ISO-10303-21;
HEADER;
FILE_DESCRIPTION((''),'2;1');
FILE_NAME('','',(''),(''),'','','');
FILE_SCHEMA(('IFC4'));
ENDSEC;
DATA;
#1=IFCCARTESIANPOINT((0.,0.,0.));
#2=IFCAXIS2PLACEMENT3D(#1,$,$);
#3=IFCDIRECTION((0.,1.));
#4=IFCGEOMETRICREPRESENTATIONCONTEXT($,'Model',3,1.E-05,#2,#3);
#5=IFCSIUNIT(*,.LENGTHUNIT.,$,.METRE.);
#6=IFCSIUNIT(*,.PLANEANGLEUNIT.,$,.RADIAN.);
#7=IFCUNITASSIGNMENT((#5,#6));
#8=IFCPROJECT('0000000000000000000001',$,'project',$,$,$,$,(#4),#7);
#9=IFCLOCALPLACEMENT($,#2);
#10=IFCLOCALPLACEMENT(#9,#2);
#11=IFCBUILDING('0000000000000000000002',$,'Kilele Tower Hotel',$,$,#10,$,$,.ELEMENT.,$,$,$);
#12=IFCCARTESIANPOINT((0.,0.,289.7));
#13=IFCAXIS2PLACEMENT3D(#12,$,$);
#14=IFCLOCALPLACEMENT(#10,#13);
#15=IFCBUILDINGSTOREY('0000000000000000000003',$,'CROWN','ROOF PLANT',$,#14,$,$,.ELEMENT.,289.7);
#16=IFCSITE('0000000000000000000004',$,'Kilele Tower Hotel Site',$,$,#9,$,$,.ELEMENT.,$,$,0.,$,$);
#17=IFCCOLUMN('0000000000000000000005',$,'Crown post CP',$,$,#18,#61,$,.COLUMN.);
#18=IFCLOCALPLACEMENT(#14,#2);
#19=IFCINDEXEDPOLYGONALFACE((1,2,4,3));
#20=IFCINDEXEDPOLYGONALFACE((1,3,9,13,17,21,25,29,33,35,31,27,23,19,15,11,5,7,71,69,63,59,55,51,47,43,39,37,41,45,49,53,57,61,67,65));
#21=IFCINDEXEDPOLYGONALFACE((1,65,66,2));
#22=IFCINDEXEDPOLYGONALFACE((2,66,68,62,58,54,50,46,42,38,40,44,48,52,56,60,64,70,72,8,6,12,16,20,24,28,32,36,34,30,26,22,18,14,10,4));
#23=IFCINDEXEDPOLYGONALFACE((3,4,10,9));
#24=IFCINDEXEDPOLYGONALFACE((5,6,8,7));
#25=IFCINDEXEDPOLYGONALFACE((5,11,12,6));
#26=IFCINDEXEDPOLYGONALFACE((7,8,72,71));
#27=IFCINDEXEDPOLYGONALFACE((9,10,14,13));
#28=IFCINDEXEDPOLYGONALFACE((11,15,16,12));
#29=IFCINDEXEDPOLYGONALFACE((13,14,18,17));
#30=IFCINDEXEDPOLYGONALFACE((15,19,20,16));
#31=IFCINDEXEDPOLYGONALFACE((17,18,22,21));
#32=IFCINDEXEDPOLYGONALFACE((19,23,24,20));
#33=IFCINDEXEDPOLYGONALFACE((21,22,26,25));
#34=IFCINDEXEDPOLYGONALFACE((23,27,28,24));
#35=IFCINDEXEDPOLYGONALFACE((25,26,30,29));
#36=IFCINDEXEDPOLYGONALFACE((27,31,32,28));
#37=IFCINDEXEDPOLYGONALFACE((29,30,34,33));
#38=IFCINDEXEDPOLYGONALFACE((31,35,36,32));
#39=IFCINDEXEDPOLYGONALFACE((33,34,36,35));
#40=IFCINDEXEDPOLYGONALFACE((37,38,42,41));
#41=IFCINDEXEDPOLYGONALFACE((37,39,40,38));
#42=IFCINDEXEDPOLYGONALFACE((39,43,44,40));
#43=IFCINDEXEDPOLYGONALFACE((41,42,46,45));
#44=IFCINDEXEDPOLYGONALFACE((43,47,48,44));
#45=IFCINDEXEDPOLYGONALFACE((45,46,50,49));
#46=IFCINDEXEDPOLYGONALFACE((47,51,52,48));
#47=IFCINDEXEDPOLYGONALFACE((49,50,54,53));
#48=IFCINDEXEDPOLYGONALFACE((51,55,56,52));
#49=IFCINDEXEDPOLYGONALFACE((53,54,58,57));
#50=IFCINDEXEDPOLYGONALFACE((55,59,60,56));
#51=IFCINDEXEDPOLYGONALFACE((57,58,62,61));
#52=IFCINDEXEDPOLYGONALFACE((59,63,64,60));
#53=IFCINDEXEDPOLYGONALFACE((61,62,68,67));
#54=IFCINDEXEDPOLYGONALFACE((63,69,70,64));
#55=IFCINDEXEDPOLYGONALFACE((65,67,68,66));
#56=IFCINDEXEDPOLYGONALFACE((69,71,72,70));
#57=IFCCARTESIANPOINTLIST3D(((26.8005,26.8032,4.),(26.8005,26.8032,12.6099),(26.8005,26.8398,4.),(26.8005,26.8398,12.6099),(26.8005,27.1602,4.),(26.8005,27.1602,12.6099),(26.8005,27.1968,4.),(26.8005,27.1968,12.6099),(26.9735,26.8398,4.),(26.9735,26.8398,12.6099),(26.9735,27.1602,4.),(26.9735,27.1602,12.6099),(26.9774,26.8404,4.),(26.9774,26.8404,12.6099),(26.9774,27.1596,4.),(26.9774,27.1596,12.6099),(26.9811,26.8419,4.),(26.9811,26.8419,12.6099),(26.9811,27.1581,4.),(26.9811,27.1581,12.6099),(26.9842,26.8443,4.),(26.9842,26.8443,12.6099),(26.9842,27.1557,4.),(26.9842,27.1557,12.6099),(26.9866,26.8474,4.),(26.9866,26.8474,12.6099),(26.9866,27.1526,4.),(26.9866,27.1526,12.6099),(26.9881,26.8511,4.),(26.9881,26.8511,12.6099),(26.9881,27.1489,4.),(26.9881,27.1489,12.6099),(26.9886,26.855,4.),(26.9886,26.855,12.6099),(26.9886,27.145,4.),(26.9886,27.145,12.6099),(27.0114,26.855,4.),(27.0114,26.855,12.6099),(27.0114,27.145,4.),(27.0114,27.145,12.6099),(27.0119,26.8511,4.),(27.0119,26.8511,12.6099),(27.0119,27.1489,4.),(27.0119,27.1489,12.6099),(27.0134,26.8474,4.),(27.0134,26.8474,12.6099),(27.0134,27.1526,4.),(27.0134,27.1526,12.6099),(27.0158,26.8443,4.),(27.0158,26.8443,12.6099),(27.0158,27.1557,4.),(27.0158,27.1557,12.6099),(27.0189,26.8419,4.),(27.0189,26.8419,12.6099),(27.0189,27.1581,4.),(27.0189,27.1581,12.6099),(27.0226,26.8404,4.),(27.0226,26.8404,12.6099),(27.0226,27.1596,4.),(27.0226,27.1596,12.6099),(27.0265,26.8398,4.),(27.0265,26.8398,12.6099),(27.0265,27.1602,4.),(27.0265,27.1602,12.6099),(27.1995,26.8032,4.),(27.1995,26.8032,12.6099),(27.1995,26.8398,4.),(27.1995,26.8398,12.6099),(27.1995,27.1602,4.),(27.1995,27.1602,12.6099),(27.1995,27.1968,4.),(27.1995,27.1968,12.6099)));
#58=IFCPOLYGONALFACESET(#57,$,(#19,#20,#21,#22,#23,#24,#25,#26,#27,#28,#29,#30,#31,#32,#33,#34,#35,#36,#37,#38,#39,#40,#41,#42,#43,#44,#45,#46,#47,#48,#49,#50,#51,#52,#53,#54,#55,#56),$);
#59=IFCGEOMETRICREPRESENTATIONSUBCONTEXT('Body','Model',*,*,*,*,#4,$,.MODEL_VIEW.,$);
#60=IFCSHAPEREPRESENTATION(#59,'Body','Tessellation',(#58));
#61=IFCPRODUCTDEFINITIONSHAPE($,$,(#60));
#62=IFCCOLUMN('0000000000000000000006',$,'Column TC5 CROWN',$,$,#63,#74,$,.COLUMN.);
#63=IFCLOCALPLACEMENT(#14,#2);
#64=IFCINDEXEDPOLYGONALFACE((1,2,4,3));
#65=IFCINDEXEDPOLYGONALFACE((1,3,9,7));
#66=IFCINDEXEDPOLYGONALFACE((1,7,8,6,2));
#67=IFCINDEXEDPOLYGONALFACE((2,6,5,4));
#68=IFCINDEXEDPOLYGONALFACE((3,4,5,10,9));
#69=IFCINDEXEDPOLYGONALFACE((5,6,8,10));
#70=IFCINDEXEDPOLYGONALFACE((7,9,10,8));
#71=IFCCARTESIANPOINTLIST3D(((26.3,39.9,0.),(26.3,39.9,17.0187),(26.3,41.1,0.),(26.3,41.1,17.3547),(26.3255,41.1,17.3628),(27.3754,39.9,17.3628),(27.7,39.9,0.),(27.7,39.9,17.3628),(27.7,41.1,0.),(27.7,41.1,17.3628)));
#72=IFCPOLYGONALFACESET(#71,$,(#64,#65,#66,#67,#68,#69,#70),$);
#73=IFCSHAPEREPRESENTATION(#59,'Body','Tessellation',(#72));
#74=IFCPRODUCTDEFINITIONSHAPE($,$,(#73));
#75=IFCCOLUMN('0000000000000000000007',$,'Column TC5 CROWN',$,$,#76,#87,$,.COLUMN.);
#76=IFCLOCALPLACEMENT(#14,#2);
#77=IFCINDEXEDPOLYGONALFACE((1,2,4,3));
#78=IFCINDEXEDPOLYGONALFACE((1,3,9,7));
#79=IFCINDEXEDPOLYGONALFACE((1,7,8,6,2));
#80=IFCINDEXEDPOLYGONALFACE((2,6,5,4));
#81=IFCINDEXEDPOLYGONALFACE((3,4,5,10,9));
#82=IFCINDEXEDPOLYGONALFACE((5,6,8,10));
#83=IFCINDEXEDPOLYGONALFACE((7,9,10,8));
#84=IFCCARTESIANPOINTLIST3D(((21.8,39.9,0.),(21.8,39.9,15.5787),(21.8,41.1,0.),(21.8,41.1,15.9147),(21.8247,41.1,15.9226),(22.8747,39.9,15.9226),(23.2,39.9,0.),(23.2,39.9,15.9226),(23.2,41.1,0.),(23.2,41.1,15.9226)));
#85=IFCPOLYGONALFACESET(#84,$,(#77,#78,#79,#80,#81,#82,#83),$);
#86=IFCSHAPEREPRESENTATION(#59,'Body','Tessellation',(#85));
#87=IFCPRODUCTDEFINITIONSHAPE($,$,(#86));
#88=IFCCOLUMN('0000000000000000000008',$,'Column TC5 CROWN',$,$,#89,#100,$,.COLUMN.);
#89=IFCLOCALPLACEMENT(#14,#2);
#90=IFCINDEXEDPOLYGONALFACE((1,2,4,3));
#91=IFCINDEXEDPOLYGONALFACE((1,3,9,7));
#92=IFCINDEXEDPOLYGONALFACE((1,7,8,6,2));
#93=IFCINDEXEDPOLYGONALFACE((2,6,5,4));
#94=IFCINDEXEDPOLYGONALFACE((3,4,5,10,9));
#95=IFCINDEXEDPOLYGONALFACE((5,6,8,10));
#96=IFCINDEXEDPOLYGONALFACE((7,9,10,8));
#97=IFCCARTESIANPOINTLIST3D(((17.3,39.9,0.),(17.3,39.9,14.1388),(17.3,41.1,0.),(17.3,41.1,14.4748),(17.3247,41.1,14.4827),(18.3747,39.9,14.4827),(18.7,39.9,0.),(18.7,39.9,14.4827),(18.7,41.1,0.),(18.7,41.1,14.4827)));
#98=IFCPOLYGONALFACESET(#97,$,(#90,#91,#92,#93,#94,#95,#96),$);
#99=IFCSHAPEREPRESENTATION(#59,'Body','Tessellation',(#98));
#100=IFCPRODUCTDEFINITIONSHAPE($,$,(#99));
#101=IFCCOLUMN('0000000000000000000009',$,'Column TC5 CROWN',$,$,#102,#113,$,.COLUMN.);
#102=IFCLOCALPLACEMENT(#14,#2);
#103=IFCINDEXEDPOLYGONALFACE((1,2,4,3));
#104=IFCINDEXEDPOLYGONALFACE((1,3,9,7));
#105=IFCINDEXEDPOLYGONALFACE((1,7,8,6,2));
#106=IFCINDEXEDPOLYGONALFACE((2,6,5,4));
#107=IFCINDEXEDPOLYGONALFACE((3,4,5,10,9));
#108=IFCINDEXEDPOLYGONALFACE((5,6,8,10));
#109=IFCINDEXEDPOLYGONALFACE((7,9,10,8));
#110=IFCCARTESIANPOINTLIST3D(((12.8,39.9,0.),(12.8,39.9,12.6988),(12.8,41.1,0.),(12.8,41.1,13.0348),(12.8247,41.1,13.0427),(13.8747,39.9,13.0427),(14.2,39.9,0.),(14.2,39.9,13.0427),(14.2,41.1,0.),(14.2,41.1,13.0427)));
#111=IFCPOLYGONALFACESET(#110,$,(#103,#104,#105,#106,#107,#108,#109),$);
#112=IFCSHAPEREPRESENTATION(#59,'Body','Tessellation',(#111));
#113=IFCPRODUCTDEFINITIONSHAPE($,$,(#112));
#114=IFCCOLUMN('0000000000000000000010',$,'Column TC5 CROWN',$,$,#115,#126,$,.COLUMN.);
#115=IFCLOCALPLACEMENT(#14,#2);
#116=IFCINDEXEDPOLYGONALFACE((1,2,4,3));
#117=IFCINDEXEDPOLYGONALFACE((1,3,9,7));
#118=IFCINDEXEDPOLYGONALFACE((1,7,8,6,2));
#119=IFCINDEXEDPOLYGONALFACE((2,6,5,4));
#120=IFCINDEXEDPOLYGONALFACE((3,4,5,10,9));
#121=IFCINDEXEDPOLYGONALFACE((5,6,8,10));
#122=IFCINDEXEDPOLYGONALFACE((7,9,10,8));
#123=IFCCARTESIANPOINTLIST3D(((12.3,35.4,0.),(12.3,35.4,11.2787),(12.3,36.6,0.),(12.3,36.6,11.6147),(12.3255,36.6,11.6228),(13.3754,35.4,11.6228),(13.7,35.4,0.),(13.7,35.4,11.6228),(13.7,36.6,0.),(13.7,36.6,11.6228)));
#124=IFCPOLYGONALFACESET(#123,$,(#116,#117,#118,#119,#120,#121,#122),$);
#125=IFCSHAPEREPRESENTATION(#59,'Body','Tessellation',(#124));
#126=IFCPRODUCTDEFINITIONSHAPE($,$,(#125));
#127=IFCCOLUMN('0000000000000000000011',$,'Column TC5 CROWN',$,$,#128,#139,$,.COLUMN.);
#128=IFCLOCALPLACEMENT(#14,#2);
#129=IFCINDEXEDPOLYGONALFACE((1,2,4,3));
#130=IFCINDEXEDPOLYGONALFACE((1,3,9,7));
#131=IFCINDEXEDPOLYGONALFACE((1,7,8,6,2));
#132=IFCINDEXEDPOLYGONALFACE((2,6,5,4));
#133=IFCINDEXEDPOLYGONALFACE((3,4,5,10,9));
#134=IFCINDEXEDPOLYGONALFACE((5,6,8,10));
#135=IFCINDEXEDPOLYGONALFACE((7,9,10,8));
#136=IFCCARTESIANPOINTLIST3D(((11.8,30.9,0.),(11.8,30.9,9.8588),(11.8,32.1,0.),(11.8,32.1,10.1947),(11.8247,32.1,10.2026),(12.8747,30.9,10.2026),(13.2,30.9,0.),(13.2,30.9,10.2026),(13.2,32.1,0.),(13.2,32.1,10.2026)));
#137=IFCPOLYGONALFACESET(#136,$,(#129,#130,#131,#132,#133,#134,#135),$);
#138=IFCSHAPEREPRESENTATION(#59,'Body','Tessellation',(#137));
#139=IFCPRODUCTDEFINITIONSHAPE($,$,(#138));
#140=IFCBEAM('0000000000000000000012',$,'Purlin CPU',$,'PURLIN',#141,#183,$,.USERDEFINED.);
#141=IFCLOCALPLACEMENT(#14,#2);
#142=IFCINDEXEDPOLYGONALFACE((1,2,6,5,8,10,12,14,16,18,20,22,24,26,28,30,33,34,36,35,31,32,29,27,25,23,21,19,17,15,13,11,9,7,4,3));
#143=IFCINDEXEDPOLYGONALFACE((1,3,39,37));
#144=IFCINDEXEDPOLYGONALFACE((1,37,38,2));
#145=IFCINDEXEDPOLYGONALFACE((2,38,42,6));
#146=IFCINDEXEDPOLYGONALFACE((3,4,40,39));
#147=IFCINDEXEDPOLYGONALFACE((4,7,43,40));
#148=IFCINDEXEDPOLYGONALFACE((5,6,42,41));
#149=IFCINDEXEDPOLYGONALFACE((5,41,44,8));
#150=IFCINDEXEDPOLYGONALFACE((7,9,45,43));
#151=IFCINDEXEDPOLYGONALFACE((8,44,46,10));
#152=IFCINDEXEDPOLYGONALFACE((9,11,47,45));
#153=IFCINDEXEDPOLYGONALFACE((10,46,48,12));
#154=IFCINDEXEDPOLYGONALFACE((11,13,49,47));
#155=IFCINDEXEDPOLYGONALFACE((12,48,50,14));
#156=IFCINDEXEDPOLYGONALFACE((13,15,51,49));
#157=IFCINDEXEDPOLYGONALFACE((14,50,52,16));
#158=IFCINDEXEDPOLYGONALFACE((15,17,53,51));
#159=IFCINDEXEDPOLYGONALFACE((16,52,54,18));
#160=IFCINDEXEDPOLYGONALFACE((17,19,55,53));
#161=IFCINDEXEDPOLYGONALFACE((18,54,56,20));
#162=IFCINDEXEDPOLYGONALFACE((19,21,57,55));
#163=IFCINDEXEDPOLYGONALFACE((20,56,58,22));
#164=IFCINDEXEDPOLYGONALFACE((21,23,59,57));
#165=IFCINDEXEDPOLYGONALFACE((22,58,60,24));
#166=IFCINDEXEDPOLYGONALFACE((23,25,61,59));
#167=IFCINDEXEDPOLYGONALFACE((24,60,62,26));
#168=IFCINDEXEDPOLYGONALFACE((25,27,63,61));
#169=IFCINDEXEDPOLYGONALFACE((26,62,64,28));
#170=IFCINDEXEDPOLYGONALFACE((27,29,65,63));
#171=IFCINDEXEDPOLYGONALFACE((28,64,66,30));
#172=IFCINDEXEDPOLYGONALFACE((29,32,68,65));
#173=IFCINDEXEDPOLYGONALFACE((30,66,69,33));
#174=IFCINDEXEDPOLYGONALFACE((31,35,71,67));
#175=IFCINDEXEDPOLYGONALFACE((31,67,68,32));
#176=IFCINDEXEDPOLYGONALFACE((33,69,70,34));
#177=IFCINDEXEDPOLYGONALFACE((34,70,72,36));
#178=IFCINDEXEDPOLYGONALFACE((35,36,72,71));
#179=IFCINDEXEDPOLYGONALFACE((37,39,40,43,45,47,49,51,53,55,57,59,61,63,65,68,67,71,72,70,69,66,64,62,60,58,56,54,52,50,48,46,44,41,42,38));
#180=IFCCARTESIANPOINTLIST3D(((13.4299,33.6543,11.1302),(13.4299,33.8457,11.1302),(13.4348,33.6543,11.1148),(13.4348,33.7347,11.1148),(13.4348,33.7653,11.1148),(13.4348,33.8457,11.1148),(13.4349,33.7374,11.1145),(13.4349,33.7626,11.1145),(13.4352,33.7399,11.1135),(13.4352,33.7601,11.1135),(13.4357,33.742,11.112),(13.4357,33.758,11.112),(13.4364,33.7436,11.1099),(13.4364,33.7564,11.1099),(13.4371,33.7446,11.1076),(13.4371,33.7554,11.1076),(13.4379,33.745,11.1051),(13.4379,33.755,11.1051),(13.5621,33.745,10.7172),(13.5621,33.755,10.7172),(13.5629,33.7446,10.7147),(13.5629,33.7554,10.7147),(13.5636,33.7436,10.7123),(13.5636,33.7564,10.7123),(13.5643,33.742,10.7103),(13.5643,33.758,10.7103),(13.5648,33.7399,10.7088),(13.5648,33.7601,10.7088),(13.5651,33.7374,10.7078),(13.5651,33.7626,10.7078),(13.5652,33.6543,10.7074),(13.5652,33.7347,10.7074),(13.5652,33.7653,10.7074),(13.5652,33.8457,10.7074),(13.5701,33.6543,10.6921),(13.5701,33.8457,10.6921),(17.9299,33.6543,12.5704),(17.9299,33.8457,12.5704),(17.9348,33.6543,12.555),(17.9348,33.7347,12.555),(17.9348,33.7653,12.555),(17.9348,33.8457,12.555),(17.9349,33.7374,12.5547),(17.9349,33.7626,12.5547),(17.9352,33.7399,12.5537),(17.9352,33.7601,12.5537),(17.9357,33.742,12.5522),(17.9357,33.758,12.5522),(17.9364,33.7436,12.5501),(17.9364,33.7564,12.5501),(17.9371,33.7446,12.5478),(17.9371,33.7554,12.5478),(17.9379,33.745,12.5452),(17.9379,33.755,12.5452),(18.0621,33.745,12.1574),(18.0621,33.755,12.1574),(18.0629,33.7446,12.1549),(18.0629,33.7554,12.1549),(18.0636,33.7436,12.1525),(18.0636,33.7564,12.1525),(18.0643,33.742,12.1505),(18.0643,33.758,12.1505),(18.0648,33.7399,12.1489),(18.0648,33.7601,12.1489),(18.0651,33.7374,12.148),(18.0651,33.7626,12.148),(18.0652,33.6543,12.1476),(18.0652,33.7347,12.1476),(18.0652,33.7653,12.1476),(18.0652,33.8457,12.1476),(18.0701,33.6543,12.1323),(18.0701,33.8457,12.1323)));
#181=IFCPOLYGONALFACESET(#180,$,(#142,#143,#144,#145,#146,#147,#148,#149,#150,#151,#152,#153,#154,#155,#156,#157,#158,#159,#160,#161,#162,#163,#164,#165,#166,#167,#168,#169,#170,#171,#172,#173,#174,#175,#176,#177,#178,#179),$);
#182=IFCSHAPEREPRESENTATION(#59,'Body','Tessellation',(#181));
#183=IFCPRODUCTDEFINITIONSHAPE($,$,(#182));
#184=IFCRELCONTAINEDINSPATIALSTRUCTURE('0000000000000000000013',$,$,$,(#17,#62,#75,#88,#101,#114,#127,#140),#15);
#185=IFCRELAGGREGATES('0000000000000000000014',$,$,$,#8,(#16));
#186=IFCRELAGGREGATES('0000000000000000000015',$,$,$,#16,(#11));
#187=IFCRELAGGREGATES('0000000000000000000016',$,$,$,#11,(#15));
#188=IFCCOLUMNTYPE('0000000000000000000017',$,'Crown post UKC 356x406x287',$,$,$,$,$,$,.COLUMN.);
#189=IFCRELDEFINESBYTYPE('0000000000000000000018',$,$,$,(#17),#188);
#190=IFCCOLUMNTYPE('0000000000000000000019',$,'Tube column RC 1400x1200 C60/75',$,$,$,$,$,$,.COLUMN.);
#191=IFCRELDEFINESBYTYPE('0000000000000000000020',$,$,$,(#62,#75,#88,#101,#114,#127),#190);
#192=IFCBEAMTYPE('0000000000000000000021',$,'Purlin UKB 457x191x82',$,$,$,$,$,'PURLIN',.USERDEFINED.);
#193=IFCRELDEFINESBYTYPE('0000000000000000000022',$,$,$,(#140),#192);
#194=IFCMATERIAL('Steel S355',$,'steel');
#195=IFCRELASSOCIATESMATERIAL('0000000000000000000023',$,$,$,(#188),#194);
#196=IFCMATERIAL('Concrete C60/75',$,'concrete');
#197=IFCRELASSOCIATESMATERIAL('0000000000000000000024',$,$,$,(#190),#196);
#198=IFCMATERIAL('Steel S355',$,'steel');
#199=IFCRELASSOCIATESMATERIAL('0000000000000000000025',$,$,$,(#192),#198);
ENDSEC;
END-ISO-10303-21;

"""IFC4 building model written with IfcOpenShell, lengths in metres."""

from ifc_helpers import new_model, si_unit, direction, frame, origin, origin_2d, place, context, subcontext, project, spatial, rectangle, i_section, extrude, clip, halfspace, material, material_profile, profile_set, type_object, element, save


model = new_model("IFC4")

# Units and contexts
model_context = context("Model", 3, precision=1e-05, world=origin(), true_north=direction((0.0, 1.0)))
body_context = subcontext(model_context, "Body", "Model", "MODEL_VIEW")
ifc_project = project(units=[si_unit("LENGTHUNIT", "METRE"), si_unit("PLANEANGLEUNIT", "RADIAN")], contexts=[model_context])

# Site, building, storey
site_placement = place(None, origin())
site = spatial("IfcSite", under=ifc_project, at=site_placement, Name="Kilele Tower Hotel Site", CompositionType="ELEMENT", RefElevation=0.0)
building_placement = place(site_placement, origin())
building = spatial("IfcBuilding", under=site, at=building_placement, Name="Kilele Tower Hotel", CompositionType="ELEMENT")
storey_placement = place(building_placement, frame((0.0, 0.0, 289.7)))
storey = spatial("IfcBuildingStorey", under=building, at=storey_placement, Name="CROWN", Description="ROOF PLANT", CompositionType="ELEMENT", Elevation=289.7)

# Columns
ifc_material_1 = material(Name="Steel S355", Category="steel")
ifc_material_profile_1 = material_profile(ifc_material_1, i_section(OverallWidth=0.3989, OverallDepth=0.3936, WebThickness=0.0227, FlangeThickness=0.0366, FilletRadius=0.0151, at=origin_2d()))
ifc_profile_set_1 = profile_set([ifc_material_profile_1], Name="Steel S355")
column_type_1 = type_object("IfcColumnType", Name="Crown post UKC 356x406x287", PredefinedType="COLUMN", material=ifc_profile_set_1)
column_1_placement = place(storey_placement, frame((27.0, 27.0, 4.0), z_axis=(0.0, 0.0, 1.0), x_axis=(1.0, 0.0, 0.0)))
element("IfcColumn", 1, at=column_1_placement, inside=storey, type_object=column_type_1, Name="Crown post CP", PredefinedType="COLUMN", context=body_context, shape_type="SweptSolid", body=[
    extrude(i_section(OverallWidth=0.3989, OverallDepth=0.3936, WebThickness=0.0227, FlangeThickness=0.0366, FilletRadius=0.0151, at=origin_2d()), origin(), (0.0, 0.0, 1.0), 8.6099),
])
ifc_material_2 = material(Name="Concrete C60/75", Category="concrete")
ifc_material_profile_2 = material_profile(ifc_material_2, rectangle(XDim=1.3999, YDim=1.2, at=origin_2d()))
ifc_profile_set_2 = profile_set([ifc_material_profile_2], Name="Concrete C60/75")
column_type_2 = type_object("IfcColumnType", Name="Tube column RC 1400x1200 C60/75", PredefinedType="COLUMN", material=ifc_profile_set_2)
column_2_placement = place(storey_placement, frame((27.0, 40.5, 0.0), z_axis=(0.0, 0.0, 1.0), x_axis=(1.0, 0.0, 0.0)))
element("IfcColumn", 2, at=column_2_placement, inside=storey, type_object=column_type_2, Name="Column TC5 CROWN", PredefinedType="COLUMN", context=body_context, shape_type="Clipping", body=[
    clip(extrude(rectangle(XDim=1.3999, YDim=1.2, at=origin_2d()), origin(), (0.0, 0.0, 1.0), 17.3628), halfspace(frame((0.0, 0.0, 17.4106), z_axis=(-0.294484, -0.257674, 0.920263), x_axis=(0.952424, 0.0, 0.304776)), False)),
])
column_3_placement = place(storey_placement, frame((22.5, 40.5, 0.0), z_axis=(0.0, 0.0, 1.0), x_axis=(1.0, 0.0, 0.0)))
element("IfcColumn", 3, at=column_3_placement, inside=storey, type_object=column_type_2, Name="Column TC5 CROWN", PredefinedType="COLUMN", context=body_context, shape_type="Clipping", body=[
    clip(extrude(rectangle(XDim=1.3999, YDim=1.2, at=origin_2d()), origin(), (0.0, 0.0, 1.0), 15.9226), halfspace(frame((0.0, 0.0, 15.9707), z_axis=(-0.294484, -0.257674, 0.920263), x_axis=(0.952424, 0.0, 0.304776)), False)),
])
column_4_placement = place(storey_placement, frame((18.0, 40.5, 0.0), z_axis=(0.0, 0.0, 1.0), x_axis=(1.0, 0.0, 0.0)))
element("IfcColumn", 4, at=column_4_placement, inside=storey, type_object=column_type_2, Name="Column TC5 CROWN", PredefinedType="COLUMN", context=body_context, shape_type="Clipping", body=[
    clip(extrude(rectangle(XDim=1.3999, YDim=1.2, at=origin_2d()), origin(), (0.0, 0.0, 1.0), 14.4827), halfspace(frame((0.0, 0.0, 14.5308), z_axis=(-0.294484, -0.257674, 0.920263), x_axis=(0.952424, 0.0, 0.304776)), False)),
])
column_5_placement = place(storey_placement, frame((13.5, 40.5, 0.0), z_axis=(0.0, 0.0, 1.0), x_axis=(1.0, 0.0, 0.0)))
element("IfcColumn", 5, at=column_5_placement, inside=storey, type_object=column_type_2, Name="Column TC5 CROWN", PredefinedType="COLUMN", context=body_context, shape_type="Clipping", body=[
    clip(extrude(rectangle(XDim=1.3999, YDim=1.2, at=origin_2d()), origin(), (0.0, 0.0, 1.0), 13.0427), halfspace(frame((0.0, 0.0, 13.0908), z_axis=(-0.294484, -0.257674, 0.920263), x_axis=(0.952424, 0.0, 0.304776)), False)),
])
column_6_placement = place(storey_placement, frame((13.0, 36.0, 0.0), z_axis=(0.0, 0.0, 1.0), x_axis=(1.0, 0.0, 0.0)))
element("IfcColumn", 6, at=column_6_placement, inside=storey, type_object=column_type_2, Name="Column TC5 CROWN", PredefinedType="COLUMN", context=body_context, shape_type="Clipping", body=[
    clip(extrude(rectangle(XDim=1.3999, YDim=1.2, at=origin_2d()), origin(), (0.0, 0.0, 1.0), 11.6228), halfspace(frame((0.0, 0.0, 11.6707), z_axis=(-0.294484, -0.257674, 0.920263), x_axis=(0.952424, 0.0, 0.304776)), False)),
])
column_7_placement = place(storey_placement, frame((12.5, 31.5, 0.0), z_axis=(0.0, 0.0, 1.0), x_axis=(1.0, 0.0, 0.0)))
element("IfcColumn", 7, at=column_7_placement, inside=storey, type_object=column_type_2, Name="Column TC5 CROWN", PredefinedType="COLUMN", context=body_context, shape_type="Clipping", body=[
    clip(extrude(rectangle(XDim=1.3999, YDim=1.2, at=origin_2d()), origin(), (0.0, 0.0, 1.0), 10.2026), halfspace(frame((0.0, 0.0, 10.2507), z_axis=(-0.294484, -0.257674, 0.920263), x_axis=(0.952424, 0.0, 0.304776)), False)),
])

# Beam
ifc_material_3 = material(Name="Steel S355", Category="steel")
ifc_material_profile_3 = material_profile(ifc_material_3, i_section(OverallWidth=0.1914, OverallDepth=0.46, WebThickness=0.01, FlangeThickness=0.0161, FilletRadius=0.0103, at=origin_2d()))
ifc_profile_set_3 = profile_set([ifc_material_profile_3], Name="Steel S355")
beam_type = type_object("IfcBeamType", Name="Purlin UKB 457x191x82", ElementType="PURLIN", PredefinedType="USERDEFINED", material=ifc_profile_set_3)
beam_placement = place(storey_placement, frame((13.5, 33.75, 10.9111), z_axis=(0.952413, 0.0, 0.304811), x_axis=(0.0, 1.0, 0.0)))
element("IfcBeam", 8, at=beam_placement, inside=storey, type_object=beam_type, Name="Purlin CPU", ObjectType="PURLIN", PredefinedType="USERDEFINED", context=body_context, shape_type="SweptSolid", body=[
    extrude(i_section(OverallWidth=0.1914, OverallDepth=0.46, WebThickness=0.01, FlangeThickness=0.0161, FilletRadius=0.0103, at=origin_2d()), origin(), (0.0, 0.0, 1.0), 4.7249),
])

save(model, "model.ifc")
